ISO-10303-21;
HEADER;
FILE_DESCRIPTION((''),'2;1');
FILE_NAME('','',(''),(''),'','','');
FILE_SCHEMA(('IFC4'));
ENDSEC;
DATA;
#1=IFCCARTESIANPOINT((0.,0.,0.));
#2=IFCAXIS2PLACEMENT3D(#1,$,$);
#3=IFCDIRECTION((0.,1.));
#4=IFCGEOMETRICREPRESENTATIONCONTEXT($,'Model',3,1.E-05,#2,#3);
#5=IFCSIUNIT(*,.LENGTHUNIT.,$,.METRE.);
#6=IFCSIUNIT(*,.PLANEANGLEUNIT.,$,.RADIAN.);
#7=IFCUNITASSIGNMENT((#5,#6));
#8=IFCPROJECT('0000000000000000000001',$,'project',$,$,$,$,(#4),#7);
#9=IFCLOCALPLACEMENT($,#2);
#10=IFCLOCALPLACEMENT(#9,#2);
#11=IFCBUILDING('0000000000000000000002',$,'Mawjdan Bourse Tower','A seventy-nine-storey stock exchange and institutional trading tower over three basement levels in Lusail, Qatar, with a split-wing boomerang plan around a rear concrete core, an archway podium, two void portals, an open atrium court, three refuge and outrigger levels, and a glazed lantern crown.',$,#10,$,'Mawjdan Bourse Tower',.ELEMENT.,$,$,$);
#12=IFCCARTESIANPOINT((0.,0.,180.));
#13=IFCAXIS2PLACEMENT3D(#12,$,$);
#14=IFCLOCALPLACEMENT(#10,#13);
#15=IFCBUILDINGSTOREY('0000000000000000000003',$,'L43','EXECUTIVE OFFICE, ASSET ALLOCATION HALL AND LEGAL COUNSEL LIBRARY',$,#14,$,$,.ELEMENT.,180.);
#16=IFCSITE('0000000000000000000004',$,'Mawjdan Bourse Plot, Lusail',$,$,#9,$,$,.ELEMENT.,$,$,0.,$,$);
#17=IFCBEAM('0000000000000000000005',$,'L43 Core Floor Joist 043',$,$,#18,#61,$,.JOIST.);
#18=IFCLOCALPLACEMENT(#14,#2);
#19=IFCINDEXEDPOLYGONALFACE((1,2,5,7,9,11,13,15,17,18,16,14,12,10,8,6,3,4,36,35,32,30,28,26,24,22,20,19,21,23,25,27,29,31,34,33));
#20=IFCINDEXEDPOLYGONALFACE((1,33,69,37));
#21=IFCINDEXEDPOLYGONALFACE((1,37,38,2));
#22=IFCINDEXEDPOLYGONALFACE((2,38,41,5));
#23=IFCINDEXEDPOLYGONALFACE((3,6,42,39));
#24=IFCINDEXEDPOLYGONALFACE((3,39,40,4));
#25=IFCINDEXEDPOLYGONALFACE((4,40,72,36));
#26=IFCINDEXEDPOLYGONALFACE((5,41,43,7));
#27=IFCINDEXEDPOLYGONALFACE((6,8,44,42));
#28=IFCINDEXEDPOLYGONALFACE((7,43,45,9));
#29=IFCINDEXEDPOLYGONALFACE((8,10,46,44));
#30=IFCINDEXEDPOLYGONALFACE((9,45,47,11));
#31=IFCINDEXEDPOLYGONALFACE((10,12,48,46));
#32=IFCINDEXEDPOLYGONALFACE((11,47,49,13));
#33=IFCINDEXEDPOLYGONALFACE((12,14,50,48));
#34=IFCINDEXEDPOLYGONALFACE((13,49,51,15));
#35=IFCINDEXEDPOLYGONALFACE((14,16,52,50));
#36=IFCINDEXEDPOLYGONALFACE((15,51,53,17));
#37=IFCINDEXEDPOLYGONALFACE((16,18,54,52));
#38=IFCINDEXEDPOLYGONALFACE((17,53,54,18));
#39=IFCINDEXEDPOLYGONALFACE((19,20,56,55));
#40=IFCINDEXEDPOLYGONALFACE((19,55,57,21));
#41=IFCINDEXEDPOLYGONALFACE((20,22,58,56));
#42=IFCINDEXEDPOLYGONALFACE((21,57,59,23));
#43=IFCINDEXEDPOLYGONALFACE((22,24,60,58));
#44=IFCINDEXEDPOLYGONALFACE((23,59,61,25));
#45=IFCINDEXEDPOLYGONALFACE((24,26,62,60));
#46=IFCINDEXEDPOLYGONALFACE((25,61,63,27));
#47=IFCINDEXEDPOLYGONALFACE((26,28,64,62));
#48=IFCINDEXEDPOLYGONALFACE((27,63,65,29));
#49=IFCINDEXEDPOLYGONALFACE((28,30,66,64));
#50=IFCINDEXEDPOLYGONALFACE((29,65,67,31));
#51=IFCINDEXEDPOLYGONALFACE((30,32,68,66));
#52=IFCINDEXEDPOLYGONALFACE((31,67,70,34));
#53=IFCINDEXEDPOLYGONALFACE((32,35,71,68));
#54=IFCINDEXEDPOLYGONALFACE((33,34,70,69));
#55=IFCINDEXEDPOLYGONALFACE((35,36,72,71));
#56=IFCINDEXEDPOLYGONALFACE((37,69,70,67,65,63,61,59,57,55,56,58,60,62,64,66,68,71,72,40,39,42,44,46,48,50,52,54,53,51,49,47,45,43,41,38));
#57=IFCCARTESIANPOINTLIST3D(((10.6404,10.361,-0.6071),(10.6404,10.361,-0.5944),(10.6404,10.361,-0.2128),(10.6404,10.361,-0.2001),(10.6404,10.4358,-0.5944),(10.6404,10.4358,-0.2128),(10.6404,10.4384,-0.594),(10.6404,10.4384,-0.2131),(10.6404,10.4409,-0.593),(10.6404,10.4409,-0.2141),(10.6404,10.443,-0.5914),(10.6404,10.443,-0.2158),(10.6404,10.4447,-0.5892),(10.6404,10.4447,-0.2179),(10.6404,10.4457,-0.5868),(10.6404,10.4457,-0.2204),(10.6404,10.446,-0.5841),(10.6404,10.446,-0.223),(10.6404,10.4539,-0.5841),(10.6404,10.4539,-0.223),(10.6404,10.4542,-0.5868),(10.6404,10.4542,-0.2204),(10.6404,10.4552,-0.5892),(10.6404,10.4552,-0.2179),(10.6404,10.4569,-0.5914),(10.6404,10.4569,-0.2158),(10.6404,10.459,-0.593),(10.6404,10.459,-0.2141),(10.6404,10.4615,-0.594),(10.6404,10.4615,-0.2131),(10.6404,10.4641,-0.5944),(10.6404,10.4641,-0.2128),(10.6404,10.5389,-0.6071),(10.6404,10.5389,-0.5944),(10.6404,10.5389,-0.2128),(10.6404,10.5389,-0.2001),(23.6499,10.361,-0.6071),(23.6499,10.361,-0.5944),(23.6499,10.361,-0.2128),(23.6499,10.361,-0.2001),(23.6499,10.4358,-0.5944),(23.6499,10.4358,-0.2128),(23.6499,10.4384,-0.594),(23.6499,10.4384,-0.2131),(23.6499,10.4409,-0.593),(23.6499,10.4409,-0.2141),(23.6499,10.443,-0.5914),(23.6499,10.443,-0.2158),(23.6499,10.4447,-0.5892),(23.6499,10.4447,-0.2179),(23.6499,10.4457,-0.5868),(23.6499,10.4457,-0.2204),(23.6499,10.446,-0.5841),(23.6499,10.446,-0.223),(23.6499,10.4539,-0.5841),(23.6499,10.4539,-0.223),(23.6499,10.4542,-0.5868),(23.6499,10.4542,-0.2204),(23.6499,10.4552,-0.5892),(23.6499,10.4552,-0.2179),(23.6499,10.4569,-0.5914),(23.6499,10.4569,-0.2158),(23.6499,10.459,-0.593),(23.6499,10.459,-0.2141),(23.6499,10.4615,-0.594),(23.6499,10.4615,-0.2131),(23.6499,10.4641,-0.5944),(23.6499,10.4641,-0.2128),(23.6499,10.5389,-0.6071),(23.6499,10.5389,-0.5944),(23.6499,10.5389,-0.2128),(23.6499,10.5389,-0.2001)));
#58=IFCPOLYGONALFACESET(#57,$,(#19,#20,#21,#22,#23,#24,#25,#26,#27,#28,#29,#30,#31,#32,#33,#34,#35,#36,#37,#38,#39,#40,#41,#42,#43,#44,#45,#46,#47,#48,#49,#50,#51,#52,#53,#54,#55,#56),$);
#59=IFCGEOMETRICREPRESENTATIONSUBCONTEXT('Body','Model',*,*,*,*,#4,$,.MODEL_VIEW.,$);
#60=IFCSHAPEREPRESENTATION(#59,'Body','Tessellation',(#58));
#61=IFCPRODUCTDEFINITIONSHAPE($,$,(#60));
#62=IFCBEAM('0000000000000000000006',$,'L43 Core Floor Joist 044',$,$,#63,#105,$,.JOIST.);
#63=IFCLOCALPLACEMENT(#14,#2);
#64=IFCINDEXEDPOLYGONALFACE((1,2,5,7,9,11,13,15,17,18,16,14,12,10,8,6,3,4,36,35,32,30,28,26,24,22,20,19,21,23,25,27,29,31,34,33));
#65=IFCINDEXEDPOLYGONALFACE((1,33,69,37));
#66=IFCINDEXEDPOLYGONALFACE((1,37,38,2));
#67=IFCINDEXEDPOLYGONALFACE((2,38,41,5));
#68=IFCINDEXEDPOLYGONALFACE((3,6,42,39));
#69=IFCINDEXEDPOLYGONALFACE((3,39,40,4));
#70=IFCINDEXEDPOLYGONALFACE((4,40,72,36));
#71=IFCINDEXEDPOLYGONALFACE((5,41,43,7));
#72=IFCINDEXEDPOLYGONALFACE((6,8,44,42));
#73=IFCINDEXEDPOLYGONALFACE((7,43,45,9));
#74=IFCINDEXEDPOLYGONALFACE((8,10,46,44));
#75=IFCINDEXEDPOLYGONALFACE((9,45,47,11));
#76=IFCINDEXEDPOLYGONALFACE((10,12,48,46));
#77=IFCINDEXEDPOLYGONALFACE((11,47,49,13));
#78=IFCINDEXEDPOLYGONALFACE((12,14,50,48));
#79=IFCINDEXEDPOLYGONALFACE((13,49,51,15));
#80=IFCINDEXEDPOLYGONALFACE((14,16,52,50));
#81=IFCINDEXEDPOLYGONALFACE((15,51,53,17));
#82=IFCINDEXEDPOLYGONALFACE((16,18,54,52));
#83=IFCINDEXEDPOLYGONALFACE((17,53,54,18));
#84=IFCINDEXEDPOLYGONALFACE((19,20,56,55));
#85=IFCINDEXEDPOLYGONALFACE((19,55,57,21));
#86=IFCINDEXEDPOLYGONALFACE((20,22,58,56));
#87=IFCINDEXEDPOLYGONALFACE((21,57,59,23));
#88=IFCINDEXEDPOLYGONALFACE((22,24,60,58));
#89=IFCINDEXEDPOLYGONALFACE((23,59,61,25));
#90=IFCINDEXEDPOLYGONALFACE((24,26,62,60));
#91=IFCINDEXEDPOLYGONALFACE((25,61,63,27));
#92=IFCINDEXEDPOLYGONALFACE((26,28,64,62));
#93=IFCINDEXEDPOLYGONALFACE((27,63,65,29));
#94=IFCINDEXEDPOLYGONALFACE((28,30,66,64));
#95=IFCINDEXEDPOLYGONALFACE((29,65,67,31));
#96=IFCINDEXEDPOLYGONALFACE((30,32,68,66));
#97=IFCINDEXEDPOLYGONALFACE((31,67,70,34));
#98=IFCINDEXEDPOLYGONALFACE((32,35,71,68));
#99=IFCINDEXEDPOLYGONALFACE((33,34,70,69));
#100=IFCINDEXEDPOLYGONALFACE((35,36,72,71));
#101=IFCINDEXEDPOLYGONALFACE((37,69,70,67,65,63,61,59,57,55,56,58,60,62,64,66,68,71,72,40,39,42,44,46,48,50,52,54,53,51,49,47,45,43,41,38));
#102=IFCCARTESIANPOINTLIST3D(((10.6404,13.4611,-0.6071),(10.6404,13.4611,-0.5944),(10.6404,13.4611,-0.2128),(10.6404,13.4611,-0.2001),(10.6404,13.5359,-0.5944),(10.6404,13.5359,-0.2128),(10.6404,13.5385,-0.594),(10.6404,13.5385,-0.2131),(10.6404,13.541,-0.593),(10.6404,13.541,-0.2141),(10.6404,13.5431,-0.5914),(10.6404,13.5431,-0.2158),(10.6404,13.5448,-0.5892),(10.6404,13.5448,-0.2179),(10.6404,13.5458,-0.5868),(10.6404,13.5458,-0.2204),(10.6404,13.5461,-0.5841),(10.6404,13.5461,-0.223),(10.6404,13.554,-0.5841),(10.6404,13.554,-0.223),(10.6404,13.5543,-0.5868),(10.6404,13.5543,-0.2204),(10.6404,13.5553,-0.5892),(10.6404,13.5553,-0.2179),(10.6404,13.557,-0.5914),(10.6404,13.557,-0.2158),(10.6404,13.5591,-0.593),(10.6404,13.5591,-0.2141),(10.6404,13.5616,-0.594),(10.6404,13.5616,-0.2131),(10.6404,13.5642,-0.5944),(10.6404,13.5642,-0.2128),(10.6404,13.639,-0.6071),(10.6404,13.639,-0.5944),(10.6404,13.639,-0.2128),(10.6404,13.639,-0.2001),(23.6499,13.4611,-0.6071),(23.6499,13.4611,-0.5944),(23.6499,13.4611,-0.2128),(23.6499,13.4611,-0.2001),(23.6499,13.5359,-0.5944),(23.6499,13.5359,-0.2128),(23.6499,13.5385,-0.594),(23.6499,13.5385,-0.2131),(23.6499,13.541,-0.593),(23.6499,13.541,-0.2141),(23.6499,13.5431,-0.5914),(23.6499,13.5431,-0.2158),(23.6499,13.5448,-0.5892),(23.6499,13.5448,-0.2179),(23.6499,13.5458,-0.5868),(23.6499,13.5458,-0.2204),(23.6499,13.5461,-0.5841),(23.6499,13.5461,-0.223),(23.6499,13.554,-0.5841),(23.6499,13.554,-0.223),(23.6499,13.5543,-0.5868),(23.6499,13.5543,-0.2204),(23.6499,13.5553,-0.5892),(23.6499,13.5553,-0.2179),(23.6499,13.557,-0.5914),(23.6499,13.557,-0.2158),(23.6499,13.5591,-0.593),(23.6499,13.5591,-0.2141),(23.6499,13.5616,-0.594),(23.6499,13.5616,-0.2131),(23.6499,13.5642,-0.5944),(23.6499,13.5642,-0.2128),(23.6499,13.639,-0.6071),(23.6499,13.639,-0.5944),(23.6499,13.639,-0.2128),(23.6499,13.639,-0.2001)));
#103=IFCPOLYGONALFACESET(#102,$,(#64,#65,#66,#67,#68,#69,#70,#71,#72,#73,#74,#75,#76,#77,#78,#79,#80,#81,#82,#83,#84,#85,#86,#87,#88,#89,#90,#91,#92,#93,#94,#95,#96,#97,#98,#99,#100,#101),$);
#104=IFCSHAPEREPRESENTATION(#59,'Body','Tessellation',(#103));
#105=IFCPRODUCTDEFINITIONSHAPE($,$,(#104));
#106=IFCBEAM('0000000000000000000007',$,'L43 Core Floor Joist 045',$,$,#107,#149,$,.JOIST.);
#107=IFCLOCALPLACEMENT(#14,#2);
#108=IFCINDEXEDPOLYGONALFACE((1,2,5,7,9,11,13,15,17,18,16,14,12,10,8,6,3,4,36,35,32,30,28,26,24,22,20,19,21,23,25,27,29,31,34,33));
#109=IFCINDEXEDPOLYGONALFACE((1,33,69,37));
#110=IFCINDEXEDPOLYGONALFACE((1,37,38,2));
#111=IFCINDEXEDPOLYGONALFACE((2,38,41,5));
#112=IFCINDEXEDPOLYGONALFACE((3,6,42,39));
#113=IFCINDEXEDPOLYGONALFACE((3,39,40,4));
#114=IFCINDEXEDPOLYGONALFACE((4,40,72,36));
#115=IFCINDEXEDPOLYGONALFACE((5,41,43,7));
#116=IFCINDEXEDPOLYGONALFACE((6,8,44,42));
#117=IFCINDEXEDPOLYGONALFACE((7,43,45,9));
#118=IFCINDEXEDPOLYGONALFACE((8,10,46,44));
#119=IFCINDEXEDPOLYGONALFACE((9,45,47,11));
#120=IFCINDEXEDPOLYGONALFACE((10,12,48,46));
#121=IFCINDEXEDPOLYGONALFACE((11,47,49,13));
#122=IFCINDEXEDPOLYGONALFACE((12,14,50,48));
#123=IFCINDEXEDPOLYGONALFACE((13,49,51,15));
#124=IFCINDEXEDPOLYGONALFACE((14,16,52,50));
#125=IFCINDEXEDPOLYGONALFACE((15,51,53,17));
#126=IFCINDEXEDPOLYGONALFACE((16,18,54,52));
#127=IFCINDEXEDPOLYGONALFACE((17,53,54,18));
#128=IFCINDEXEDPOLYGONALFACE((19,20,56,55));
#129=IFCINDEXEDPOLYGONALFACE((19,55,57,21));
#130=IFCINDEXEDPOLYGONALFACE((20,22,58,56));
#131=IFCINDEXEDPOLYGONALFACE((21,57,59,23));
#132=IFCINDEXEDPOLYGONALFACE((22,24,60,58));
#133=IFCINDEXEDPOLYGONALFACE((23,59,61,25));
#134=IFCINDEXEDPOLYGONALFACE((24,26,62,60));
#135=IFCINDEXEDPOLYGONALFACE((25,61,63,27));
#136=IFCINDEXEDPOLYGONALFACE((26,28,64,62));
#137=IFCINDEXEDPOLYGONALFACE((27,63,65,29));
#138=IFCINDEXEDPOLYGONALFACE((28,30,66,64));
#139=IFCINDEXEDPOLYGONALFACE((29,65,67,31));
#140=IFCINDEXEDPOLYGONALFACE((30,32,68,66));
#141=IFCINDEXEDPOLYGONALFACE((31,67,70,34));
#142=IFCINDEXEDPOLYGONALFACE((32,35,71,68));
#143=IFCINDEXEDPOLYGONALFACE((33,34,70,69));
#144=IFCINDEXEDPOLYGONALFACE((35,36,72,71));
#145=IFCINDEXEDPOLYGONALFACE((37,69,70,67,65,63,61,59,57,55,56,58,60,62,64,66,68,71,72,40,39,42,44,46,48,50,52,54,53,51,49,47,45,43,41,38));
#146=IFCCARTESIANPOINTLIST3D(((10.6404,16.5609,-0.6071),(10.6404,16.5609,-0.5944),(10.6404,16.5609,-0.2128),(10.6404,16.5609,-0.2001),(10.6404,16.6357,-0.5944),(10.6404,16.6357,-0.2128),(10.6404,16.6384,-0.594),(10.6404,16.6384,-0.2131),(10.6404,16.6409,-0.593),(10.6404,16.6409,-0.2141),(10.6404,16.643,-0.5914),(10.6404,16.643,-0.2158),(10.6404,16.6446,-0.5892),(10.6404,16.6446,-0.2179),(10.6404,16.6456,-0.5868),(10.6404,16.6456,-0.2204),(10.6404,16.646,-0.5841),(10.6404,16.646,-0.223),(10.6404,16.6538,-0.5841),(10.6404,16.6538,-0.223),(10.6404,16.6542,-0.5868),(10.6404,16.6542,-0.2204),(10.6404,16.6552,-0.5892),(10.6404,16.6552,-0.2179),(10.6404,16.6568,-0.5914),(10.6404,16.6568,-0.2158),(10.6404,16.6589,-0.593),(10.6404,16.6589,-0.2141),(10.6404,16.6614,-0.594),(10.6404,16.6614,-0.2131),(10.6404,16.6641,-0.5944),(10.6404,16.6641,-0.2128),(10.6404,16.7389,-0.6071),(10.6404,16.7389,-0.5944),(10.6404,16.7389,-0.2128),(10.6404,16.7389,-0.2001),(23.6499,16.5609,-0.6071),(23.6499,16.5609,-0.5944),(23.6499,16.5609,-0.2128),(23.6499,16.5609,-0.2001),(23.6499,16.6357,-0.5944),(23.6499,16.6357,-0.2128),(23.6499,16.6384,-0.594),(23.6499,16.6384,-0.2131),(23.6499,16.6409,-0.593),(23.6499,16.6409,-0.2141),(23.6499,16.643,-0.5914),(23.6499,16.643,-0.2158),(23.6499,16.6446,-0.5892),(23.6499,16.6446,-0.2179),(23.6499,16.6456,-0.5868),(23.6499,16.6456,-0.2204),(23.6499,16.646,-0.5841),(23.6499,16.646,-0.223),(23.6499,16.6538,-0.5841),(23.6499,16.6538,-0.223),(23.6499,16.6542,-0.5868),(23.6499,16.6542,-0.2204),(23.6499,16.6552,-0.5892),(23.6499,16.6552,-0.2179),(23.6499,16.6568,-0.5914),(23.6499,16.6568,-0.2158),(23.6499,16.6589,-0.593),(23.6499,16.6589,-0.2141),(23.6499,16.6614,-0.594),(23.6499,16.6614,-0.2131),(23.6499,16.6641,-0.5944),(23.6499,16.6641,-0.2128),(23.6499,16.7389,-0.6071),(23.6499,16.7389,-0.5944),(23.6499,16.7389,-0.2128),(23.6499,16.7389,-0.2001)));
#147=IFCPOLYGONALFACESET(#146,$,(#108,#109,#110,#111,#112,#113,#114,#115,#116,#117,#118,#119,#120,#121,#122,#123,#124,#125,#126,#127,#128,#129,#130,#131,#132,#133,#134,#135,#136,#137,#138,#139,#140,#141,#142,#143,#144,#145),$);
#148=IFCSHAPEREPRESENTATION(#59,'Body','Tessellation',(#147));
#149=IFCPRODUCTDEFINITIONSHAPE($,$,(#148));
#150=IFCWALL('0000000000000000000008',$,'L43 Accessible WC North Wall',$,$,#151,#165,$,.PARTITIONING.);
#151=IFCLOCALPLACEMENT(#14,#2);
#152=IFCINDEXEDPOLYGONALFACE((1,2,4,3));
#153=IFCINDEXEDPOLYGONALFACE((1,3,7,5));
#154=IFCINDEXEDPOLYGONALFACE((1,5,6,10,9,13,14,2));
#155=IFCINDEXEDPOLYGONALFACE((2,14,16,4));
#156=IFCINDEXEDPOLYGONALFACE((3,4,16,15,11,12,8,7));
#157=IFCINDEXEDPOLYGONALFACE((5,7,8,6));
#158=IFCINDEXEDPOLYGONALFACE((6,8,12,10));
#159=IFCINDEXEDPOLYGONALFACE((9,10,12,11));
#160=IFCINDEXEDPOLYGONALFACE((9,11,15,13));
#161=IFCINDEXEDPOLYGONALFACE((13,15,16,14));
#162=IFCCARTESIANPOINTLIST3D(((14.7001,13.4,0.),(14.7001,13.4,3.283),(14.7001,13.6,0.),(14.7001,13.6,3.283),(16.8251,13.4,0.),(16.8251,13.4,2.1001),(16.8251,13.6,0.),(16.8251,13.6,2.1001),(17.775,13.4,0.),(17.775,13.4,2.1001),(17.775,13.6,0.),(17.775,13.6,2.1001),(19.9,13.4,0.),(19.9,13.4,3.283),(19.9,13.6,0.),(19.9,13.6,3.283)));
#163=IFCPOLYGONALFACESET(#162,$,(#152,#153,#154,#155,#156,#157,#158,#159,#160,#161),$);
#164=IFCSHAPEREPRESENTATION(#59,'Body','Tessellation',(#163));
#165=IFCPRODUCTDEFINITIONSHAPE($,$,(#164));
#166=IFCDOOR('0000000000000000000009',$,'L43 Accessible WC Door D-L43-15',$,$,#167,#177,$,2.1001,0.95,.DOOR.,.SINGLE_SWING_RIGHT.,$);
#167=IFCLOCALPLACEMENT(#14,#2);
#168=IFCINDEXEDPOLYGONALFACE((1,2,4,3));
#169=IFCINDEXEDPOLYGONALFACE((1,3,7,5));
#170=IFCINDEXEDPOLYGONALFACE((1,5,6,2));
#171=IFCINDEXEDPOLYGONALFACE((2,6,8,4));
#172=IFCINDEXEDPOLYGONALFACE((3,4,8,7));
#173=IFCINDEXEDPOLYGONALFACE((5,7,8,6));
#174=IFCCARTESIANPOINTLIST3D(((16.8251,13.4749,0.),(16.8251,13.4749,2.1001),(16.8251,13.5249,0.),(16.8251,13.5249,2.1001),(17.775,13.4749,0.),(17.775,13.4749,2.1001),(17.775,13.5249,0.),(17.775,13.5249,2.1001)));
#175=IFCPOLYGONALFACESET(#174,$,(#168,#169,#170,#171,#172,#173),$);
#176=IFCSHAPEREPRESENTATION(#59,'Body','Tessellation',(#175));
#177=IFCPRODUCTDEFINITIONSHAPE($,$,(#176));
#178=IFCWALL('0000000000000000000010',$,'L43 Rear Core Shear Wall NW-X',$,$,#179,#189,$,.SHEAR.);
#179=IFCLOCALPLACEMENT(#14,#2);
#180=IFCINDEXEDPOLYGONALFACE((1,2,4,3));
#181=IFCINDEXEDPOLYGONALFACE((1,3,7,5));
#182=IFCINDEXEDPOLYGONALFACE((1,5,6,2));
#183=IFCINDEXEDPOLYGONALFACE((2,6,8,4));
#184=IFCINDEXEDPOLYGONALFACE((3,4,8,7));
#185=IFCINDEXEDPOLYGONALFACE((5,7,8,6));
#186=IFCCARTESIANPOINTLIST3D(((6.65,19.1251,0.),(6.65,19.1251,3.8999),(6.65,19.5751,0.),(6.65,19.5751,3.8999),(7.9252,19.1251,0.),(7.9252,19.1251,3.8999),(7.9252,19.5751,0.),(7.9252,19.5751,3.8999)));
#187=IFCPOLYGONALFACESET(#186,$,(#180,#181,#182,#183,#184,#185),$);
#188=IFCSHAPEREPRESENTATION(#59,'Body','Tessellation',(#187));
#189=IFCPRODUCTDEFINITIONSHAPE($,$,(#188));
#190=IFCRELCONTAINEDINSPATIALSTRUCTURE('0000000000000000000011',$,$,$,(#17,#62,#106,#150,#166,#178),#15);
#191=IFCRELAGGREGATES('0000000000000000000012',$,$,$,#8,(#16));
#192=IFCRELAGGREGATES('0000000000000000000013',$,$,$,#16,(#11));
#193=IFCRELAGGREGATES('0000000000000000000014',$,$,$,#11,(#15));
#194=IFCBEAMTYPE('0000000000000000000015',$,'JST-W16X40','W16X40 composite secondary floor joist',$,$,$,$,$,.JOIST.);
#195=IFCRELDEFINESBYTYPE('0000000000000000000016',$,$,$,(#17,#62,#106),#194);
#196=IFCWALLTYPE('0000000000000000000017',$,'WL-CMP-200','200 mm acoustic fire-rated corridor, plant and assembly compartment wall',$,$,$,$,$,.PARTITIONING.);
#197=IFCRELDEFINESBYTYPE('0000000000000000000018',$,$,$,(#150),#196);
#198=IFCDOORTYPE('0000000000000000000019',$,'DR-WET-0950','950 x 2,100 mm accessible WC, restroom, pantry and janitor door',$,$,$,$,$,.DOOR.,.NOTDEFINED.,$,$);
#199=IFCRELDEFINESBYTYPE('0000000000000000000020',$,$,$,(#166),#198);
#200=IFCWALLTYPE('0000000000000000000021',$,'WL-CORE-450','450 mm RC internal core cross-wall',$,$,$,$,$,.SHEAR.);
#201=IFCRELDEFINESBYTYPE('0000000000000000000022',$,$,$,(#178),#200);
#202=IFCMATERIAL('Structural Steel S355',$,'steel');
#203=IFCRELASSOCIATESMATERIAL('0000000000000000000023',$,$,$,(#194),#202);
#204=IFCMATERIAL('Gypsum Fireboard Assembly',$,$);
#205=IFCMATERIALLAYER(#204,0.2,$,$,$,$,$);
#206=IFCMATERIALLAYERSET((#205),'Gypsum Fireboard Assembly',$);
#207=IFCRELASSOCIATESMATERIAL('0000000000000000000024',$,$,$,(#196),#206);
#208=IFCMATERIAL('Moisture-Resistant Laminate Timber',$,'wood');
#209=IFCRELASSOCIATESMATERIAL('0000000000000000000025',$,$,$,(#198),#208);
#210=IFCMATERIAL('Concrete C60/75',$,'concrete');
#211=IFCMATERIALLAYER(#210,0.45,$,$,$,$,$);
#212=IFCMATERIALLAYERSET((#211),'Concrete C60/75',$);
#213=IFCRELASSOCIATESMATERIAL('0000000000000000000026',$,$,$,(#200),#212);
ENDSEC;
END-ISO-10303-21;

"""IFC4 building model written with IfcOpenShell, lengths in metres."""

from ifc_helpers import new_model, si_unit, direction, frame, frame_2d, origin, origin_2d, place, context, subcontext, project, spatial, rectangle, i_section, extrude, material, layer, layer_set, material_profile, profile_set, type_object, element, fill, save


model = new_model("IFC4")

# Units and contexts
model_context = context("Model", 3, precision=1e-05, world=origin(), true_north=direction((0.0, 1.0)))
body_context = subcontext(model_context, "Body", "Model", "MODEL_VIEW")
ifc_project = project(units=[si_unit("LENGTHUNIT", "METRE"), si_unit("PLANEANGLEUNIT", "RADIAN")], contexts=[model_context])

# Site, building, storey
site_placement = place(None, origin())
site = spatial("IfcSite", under=ifc_project, at=site_placement, Name="Mawjdan Bourse Plot, Lusail", CompositionType="ELEMENT", RefElevation=0.0)
building_placement = place(site_placement, origin())
building = spatial("IfcBuilding", under=site, at=building_placement, Name="Mawjdan Bourse Tower", Description="A seventy-nine-storey stock exchange and institutional trading tower over three basement levels in Lusail, Qatar, with a split-wing boomerang plan around a rear concrete core, an archway podium, two void portals, an open atrium court, three refuge and outrigger levels, and a glazed lantern crown.", LongName="Mawjdan Bourse Tower", CompositionType="ELEMENT")
storey_placement = place(building_placement, frame((0.0, 0.0, 180.0)))
storey = spatial("IfcBuildingStorey", under=building, at=storey_placement, Name="L43", Description="EXECUTIVE OFFICE, ASSET ALLOCATION HALL AND LEGAL COUNSEL LIBRARY", CompositionType="ELEMENT", Elevation=180.0)

# Beams
ifc_material_1 = material(Name="Structural Steel S355", Category="steel")
ifc_material_profile = material_profile(ifc_material_1, i_section(OverallWidth=0.178, OverallDepth=0.407, WebThickness=0.0078, FlangeThickness=0.0127, FilletRadius=0.0103, at=origin_2d()), Name="W16X40")
ifc_profile_set = profile_set([ifc_material_profile], Name="Structural Steel S355")
beam_type = type_object("IfcBeamType", Name="JST-W16X40", Description="W16X40 composite secondary floor joist", PredefinedType="JOIST", material=ifc_profile_set)
for number, where, z_axis, x_axis, name in (
    (1, (10.6404, 10.45, -0.4036), (1.0, 0.0, 0.0), (0.0, 1.0, 0.0), "L43 Core Floor Joist 043"),
    (2, (10.6404, 13.55, -0.4036), (1.0, 0.0, 0.0), (0.0, 1.0, 0.0), "L43 Core Floor Joist 044"),
    (3, (10.6404, 16.6499, -0.4036), (1.0, 0.0, 0.0), (0.0, 1.0, 0.0), "L43 Core Floor Joist 045"),
):
    element("IfcBeam", number, at=place(storey_placement, frame(where, z_axis=z_axis, x_axis=x_axis)), inside=storey, type_object=beam_type, Name=name, PredefinedType="JOIST", context=body_context, shape_type="SweptSolid", body=[
        extrude(i_section(OverallWidth=0.178, OverallDepth=0.407, WebThickness=0.0078, FlangeThickness=0.0127, FilletRadius=0.0103, at=origin_2d()), origin(), (0.0, 0.0, 1.0), 13.0095),
    ])

# Wall, opening, door
ifc_material_2 = material(Name="Gypsum Fireboard Assembly")
ifc_layer_1 = layer(ifc_material_2, 0.2)
ifc_layer_set_1 = layer_set([ifc_layer_1], Name="Gypsum Fireboard Assembly")
wall_type_1 = type_object("IfcWallType", Name="WL-CMP-200", Description="200 mm acoustic fire-rated corridor, plant and assembly compartment wall", PredefinedType="PARTITIONING", material=ifc_layer_set_1)
wall_1_placement = place(storey_placement, frame((14.7, 13.5, 0.0), z_axis=(0.0, 0.0, 1.0), x_axis=(1.0, 0.0, 0.0)))
wall_1 = element("IfcWall", 4, at=wall_1_placement, inside=storey, type_object=wall_type_1, Name="L43 Accessible WC North Wall", PredefinedType="PARTITIONING", context=body_context, shape_type="SweptSolid", body=[
    extrude(rectangle(XDim=5.2, YDim=0.2, at=frame_2d((2.6001, 0.0))), origin(), (0.0, 0.0, 1.0), 3.283),
])
opening_1_placement = place(wall_1_placement, frame((2.125, 0.0, 0.0)))
opening_1 = element("IfcOpeningElement", 5, at=opening_1_placement, cuts=wall_1, PredefinedType="OPENING", context=body_context, shape_type="SweptSolid", body=[
    extrude(rectangle(XDim=0.95, YDim=2.1001, at=frame_2d((0.4751, 1.05))), frame((0.0, 0.1099, 0.0), z_axis=(0.0, -1.0, 0.0), x_axis=(1.0, 0.0, 0.0)), (0.0, 0.0, 1.0), 0.22),
])
ifc_material_3 = material(Name="Moisture-Resistant Laminate Timber", Category="wood")
door_type_1 = type_object("IfcDoorType", Name="DR-WET-0950", Description="950 x 2,100 mm accessible WC, restroom, pantry and janitor door", OperationType="NOTDEFINED", PredefinedType="DOOR", material=ifc_material_3)
door_1_placement = place(opening_1_placement, origin())
door_1 = element("IfcDoor", 6, at=door_1_placement, inside=storey, type_object=door_type_1, Name="L43 Accessible WC Door D-L43-15", OperationType="SINGLE_SWING_RIGHT", OverallHeight=2.1001, OverallWidth=0.95, PredefinedType="DOOR", context=body_context, shape_type="SweptSolid", body=[
    extrude(rectangle(XDim=0.95, YDim=2.1001, at=frame_2d((0.4751, 1.05))), frame((0.0, 0.0249, 0.0), z_axis=(0.0, -1.0, 0.0), x_axis=(1.0, 0.0, 0.0)), (0.0, 0.0, 1.0), 0.05),
])
fill(opening_1, door_1)

# Wall
ifc_material_4 = material(Name="Concrete C60/75", Category="concrete")
ifc_layer_2 = layer(ifc_material_4, 0.45)
ifc_layer_set_2 = layer_set([ifc_layer_2], Name="Concrete C60/75")
wall_type_2 = type_object("IfcWallType", Name="WL-CORE-450", Description="450 mm RC internal core cross-wall", PredefinedType="SHEAR", material=ifc_layer_set_2)
wall_2_placement = place(storey_placement, frame((6.6499, 19.3501, 0.0), z_axis=(0.0, 0.0, 1.0), x_axis=(1.0, 0.0, 0.0)))
element("IfcWall", 7, at=wall_2_placement, inside=storey, type_object=wall_type_2, Name="L43 Rear Core Shear Wall NW-X", PredefinedType="SHEAR", context=body_context, shape_type="SweptSolid", body=[
    extrude(rectangle(XDim=1.2751, YDim=0.45, at=frame_2d((0.6377, 0.0))), origin(), (0.0, 0.0, 1.0), 3.8999),
])

save(model, "model.ifc")
